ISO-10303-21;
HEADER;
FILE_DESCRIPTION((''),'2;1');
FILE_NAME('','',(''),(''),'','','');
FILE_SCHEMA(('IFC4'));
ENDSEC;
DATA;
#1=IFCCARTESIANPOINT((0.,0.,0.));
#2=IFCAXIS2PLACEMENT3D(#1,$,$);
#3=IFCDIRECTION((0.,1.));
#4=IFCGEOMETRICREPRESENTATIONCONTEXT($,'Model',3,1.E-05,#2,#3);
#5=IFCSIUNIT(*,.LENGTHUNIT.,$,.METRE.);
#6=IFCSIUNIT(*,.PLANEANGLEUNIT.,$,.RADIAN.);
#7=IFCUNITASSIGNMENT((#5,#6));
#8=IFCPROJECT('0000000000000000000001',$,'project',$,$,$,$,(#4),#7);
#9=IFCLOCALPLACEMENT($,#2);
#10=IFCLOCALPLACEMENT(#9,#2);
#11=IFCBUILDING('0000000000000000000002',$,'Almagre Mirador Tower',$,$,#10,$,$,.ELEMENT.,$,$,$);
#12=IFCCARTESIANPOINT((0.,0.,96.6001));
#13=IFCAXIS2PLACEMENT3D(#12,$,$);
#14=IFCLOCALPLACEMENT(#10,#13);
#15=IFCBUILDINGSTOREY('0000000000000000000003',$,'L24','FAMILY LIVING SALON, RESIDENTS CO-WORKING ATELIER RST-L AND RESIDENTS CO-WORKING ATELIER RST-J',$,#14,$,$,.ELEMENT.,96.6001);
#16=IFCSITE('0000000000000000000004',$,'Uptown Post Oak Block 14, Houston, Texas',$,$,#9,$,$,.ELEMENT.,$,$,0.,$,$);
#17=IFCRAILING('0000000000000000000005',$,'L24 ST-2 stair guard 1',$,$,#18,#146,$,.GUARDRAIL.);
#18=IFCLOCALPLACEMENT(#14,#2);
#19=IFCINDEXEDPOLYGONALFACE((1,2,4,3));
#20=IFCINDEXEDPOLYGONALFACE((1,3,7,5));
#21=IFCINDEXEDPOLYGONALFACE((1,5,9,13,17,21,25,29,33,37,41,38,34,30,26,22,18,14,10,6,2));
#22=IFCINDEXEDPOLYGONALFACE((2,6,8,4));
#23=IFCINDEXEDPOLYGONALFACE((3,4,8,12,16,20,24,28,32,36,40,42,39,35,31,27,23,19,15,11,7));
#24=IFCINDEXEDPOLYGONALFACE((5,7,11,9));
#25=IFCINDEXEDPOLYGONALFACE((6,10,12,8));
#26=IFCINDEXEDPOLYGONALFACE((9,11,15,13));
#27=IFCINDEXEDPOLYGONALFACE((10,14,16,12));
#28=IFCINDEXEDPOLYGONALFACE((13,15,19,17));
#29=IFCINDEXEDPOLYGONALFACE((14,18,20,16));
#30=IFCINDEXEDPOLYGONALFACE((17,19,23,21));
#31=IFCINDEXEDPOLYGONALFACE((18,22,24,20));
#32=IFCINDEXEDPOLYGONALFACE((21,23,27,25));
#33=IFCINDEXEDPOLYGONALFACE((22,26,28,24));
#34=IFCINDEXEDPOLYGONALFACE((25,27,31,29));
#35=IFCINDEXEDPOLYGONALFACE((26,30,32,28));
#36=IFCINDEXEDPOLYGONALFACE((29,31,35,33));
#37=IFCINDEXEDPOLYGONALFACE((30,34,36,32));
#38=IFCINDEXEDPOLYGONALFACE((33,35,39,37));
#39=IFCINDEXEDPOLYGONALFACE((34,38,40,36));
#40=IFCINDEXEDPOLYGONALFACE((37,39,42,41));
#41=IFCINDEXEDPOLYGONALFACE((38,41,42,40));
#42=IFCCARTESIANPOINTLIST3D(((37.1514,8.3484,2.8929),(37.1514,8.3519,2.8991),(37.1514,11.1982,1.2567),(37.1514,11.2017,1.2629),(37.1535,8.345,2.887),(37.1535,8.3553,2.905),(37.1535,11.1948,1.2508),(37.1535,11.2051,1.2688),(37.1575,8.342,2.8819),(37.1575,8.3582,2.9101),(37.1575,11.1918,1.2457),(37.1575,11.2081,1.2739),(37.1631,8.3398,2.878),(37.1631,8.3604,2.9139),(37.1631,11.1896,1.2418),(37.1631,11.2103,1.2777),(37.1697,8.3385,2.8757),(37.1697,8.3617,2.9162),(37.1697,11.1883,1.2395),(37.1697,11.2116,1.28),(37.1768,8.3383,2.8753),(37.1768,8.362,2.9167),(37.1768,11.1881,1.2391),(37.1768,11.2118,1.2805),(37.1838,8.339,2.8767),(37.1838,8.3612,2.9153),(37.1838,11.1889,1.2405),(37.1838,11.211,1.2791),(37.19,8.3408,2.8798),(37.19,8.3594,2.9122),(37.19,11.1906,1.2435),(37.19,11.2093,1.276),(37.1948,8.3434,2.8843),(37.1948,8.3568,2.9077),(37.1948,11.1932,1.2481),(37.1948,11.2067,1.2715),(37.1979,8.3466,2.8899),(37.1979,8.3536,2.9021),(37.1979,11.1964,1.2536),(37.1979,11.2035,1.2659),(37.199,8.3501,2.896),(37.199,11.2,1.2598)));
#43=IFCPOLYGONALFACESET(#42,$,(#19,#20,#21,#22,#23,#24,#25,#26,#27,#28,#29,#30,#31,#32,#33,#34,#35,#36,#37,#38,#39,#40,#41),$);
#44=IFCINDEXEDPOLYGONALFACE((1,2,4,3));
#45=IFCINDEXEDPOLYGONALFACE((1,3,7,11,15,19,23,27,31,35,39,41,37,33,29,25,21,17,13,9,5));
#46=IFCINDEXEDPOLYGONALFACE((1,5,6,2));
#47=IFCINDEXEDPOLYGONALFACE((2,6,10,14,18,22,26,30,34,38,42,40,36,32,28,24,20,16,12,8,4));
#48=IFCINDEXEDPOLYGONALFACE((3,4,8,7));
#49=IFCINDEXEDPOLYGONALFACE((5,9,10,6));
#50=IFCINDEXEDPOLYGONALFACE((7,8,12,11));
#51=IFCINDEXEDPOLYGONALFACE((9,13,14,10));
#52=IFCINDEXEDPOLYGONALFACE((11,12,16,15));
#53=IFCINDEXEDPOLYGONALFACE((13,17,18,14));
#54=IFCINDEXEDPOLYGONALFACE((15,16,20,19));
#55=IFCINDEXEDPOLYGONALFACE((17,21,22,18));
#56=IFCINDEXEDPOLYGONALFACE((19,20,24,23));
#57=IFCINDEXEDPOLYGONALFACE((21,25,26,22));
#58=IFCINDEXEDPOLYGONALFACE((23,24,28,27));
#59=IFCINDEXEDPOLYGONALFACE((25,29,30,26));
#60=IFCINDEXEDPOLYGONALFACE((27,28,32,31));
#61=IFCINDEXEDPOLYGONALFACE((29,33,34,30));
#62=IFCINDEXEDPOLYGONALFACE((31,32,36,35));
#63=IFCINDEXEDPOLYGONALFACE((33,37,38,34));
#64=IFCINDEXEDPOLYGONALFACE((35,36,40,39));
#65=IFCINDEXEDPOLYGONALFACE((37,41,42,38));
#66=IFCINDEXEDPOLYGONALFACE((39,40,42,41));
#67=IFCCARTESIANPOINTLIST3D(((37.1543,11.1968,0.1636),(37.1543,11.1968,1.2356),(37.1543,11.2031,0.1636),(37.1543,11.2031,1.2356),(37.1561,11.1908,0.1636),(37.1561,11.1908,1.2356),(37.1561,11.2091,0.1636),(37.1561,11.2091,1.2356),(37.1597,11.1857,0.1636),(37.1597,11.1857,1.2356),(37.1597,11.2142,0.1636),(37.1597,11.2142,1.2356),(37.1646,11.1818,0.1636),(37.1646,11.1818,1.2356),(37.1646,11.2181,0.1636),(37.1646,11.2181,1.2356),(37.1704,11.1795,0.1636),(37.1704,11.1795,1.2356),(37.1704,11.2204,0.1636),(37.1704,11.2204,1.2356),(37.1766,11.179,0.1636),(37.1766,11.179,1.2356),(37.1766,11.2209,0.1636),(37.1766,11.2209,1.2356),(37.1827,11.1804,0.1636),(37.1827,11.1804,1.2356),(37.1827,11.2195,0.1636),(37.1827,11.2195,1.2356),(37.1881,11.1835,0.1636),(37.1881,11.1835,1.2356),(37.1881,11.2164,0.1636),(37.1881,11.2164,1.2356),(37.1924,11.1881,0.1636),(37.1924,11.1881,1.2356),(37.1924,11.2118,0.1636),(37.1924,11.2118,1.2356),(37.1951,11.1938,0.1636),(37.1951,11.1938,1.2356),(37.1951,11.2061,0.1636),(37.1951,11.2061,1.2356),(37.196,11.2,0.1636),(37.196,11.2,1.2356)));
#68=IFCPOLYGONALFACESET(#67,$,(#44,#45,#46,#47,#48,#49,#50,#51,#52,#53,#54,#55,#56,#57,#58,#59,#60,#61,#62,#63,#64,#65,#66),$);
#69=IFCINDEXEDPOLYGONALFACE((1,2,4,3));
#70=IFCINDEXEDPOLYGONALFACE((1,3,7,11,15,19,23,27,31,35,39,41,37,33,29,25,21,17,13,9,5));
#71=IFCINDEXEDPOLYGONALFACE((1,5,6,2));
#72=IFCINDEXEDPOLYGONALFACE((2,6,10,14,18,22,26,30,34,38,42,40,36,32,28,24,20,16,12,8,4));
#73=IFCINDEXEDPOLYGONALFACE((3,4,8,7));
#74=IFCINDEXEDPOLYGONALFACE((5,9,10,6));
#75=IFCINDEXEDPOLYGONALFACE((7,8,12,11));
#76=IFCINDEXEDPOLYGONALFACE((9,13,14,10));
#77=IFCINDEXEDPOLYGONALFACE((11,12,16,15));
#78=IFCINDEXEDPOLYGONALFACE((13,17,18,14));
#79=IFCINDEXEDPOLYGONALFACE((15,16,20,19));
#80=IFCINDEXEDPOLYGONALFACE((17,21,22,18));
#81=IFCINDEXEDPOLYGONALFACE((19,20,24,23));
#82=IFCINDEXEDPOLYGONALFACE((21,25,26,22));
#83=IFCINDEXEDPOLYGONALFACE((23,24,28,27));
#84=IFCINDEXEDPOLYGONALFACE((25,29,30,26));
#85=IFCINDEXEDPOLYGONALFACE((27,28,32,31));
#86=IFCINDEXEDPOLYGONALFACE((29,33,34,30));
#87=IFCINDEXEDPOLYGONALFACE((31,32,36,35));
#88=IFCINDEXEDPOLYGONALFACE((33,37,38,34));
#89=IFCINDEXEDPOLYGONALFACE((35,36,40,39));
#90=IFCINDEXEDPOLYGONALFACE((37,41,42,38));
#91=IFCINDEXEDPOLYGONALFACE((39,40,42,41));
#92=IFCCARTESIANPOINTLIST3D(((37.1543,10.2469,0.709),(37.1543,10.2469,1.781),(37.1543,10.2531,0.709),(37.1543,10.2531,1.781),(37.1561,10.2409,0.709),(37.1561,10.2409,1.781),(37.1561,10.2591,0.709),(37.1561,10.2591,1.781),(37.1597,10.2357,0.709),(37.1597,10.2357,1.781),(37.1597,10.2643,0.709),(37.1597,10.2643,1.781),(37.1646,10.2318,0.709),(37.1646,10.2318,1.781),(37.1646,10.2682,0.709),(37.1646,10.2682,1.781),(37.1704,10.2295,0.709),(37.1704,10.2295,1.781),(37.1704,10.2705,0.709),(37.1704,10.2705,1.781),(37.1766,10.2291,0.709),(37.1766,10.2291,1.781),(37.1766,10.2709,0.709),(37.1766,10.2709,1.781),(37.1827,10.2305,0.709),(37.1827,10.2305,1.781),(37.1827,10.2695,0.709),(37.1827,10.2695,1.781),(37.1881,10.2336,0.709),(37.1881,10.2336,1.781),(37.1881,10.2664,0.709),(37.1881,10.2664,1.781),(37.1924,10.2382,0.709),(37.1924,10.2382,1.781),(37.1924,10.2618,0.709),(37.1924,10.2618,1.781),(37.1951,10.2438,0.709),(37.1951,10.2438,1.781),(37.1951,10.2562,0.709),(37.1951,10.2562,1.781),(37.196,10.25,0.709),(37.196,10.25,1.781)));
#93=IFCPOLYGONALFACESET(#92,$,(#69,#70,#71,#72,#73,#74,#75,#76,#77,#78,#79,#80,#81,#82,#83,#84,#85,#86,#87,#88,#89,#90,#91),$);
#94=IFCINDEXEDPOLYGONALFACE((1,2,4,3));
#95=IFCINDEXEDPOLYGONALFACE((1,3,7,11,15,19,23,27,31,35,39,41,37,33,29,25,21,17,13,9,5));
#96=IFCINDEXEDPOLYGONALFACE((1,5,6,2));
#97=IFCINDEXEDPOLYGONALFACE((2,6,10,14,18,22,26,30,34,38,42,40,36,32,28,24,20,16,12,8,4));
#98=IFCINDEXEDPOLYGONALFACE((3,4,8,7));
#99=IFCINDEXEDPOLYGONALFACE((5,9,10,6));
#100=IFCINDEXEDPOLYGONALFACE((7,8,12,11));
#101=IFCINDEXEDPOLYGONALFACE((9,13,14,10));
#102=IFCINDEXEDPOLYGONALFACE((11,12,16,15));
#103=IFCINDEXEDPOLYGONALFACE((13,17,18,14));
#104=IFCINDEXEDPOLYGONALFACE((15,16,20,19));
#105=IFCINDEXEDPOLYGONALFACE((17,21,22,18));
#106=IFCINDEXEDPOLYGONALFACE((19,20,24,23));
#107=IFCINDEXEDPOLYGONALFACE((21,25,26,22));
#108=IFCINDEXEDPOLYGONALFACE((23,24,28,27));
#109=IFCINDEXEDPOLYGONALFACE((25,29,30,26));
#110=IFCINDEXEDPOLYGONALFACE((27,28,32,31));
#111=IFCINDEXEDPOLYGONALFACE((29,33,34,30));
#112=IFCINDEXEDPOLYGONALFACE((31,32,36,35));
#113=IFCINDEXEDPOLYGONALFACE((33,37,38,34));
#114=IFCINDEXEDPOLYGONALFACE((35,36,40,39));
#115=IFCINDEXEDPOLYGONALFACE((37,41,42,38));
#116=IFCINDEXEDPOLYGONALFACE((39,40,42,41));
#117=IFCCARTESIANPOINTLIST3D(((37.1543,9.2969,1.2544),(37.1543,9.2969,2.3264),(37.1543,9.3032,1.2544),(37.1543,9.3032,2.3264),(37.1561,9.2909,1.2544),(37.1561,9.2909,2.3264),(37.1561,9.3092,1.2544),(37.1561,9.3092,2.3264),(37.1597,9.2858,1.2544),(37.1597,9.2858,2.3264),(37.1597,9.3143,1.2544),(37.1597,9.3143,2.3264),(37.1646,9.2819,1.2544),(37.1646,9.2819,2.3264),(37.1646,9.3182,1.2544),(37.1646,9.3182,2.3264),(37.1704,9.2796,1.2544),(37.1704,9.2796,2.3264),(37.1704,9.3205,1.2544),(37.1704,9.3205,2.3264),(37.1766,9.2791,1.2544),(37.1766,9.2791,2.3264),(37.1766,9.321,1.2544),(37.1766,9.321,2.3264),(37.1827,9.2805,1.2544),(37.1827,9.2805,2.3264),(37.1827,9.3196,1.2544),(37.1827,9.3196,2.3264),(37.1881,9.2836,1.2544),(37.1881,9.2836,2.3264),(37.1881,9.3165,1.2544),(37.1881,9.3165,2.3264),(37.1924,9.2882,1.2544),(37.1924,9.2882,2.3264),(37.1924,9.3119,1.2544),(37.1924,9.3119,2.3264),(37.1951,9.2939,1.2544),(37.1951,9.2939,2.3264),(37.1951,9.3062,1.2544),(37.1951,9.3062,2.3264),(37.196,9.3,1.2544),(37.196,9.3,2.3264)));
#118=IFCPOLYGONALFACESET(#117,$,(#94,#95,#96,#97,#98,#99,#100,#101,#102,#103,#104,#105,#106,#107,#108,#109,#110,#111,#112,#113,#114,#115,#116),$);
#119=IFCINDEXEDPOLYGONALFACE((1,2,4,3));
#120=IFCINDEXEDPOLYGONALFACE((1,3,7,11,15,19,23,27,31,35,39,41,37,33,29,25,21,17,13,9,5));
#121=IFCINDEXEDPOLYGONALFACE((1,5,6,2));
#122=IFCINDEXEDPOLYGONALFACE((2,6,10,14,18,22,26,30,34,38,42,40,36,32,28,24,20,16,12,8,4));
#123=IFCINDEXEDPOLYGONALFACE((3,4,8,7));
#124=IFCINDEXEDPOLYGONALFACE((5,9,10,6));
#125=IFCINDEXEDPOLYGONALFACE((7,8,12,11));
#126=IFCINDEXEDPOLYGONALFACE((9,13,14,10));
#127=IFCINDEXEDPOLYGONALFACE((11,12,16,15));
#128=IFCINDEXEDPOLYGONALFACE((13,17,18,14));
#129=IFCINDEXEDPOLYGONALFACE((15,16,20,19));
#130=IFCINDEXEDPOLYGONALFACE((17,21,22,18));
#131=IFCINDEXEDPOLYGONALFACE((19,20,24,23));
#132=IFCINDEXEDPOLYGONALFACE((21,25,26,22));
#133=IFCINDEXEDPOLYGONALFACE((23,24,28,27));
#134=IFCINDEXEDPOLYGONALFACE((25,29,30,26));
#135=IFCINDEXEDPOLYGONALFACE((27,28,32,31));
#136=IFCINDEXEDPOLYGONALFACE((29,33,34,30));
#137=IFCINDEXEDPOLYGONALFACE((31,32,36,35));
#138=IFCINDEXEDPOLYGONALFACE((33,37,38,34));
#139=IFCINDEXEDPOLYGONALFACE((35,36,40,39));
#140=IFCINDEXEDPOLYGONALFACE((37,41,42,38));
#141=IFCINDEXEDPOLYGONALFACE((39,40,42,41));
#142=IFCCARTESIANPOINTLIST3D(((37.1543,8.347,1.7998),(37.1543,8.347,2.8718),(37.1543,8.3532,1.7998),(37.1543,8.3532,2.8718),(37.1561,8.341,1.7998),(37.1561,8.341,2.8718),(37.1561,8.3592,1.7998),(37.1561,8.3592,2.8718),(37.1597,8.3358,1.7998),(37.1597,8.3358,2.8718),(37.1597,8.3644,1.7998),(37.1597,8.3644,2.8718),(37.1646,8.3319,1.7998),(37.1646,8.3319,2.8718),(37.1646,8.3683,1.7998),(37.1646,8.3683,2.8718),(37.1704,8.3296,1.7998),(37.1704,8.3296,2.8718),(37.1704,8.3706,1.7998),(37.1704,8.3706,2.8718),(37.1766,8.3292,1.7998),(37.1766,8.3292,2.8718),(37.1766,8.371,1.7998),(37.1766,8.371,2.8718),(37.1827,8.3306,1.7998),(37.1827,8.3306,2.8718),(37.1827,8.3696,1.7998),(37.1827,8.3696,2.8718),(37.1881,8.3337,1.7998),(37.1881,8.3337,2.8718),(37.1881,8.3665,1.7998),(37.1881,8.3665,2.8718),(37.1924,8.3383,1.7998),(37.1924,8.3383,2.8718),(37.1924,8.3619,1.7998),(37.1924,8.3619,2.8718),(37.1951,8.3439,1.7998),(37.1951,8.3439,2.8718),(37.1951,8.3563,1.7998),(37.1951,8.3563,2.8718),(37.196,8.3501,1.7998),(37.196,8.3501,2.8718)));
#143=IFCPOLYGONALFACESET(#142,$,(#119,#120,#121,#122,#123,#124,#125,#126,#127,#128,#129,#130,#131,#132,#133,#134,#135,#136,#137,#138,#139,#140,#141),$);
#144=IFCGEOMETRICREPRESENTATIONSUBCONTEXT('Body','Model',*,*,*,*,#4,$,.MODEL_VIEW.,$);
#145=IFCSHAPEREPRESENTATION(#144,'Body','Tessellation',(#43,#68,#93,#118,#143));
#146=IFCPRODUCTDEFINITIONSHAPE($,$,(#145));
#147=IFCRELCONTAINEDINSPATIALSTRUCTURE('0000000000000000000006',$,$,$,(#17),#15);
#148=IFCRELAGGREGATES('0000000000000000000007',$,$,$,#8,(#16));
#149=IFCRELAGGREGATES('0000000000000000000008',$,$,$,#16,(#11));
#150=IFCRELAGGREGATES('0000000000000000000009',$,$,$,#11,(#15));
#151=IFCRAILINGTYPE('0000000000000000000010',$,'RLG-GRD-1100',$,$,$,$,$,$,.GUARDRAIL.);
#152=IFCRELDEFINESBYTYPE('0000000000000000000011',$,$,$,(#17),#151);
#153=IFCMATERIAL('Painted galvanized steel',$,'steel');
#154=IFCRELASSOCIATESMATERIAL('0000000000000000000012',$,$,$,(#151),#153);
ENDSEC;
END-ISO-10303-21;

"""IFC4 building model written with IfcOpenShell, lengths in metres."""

from ifc_helpers import new_model, si_unit, direction, frame, origin, origin_2d, place, context, subcontext, project, spatial, circle, extrude, material, type_object, element, save


model = new_model("IFC4")

# Units and contexts
model_context = context("Model", 3, precision=1e-05, world=origin(), true_north=direction((0.0, 1.0)))
body_context = subcontext(model_context, "Body", "Model", "MODEL_VIEW")
ifc_project = project(units=[si_unit("LENGTHUNIT", "METRE"), si_unit("PLANEANGLEUNIT", "RADIAN")], contexts=[model_context])

# Site, building, storey
site_placement = place(None, origin())
site = spatial("IfcSite", under=ifc_project, at=site_placement, Name="Uptown Post Oak Block 14, Houston, Texas", CompositionType="ELEMENT", RefElevation=0.0)
building_placement = place(site_placement, origin())
building = spatial("IfcBuilding", under=site, at=building_placement, Name="Almagre Mirador Tower", CompositionType="ELEMENT")
storey_placement = place(building_placement, frame((0.0, 0.0, 96.6001)))
storey = spatial("IfcBuildingStorey", under=building, at=storey_placement, Name="L24", Description="FAMILY LIVING SALON, RESIDENTS CO-WORKING ATELIER RST-L AND RESIDENTS CO-WORKING ATELIER RST-J", CompositionType="ELEMENT", Elevation=96.6001)

# Railing
ifc_material_1 = material(Name="Painted galvanized steel", Category="steel")
railing_type_1 = type_object("IfcRailingType", Name="RLG-GRD-1100", PredefinedType="GUARDRAIL", material=ifc_material_1)
railing_1_placement = place(storey_placement, frame((37.175, 11.2, 0.1636)))
element("IfcRailing", 1, at=railing_1_placement, inside=storey, type_object=railing_type_1, Name="L24 ST-2 stair guard 1", PredefinedType="GUARDRAIL", context=body_context, shape_type="SweptSolid", body=[
    extrude(circle(Radius=0.0239, at=origin_2d()), frame((0.0, 0.0, 1.0962), z_axis=(0.0, -0.867226, 0.497914), x_axis=(1.0, 0.0, 0.0)), (0.0, 0.0, 1.0), 3.2861),
    extrude(circle(Radius=0.021, at=origin_2d()), origin(), (0.0, 0.0, 1.0), 1.072),
    extrude(circle(Radius=0.021, at=origin_2d()), frame((0.0, -0.95, 0.5454)), (0.0, 0.0, 1.0), 1.072),
    extrude(circle(Radius=0.021, at=origin_2d()), frame((0.0, -1.8999, 1.0908)), (0.0, 0.0, 1.0), 1.072),
    extrude(circle(Radius=0.021, at=origin_2d()), frame((0.0, -2.8499, 1.6362)), (0.0, 0.0, 1.0), 1.072),
])

save(model, "model.ifc")
